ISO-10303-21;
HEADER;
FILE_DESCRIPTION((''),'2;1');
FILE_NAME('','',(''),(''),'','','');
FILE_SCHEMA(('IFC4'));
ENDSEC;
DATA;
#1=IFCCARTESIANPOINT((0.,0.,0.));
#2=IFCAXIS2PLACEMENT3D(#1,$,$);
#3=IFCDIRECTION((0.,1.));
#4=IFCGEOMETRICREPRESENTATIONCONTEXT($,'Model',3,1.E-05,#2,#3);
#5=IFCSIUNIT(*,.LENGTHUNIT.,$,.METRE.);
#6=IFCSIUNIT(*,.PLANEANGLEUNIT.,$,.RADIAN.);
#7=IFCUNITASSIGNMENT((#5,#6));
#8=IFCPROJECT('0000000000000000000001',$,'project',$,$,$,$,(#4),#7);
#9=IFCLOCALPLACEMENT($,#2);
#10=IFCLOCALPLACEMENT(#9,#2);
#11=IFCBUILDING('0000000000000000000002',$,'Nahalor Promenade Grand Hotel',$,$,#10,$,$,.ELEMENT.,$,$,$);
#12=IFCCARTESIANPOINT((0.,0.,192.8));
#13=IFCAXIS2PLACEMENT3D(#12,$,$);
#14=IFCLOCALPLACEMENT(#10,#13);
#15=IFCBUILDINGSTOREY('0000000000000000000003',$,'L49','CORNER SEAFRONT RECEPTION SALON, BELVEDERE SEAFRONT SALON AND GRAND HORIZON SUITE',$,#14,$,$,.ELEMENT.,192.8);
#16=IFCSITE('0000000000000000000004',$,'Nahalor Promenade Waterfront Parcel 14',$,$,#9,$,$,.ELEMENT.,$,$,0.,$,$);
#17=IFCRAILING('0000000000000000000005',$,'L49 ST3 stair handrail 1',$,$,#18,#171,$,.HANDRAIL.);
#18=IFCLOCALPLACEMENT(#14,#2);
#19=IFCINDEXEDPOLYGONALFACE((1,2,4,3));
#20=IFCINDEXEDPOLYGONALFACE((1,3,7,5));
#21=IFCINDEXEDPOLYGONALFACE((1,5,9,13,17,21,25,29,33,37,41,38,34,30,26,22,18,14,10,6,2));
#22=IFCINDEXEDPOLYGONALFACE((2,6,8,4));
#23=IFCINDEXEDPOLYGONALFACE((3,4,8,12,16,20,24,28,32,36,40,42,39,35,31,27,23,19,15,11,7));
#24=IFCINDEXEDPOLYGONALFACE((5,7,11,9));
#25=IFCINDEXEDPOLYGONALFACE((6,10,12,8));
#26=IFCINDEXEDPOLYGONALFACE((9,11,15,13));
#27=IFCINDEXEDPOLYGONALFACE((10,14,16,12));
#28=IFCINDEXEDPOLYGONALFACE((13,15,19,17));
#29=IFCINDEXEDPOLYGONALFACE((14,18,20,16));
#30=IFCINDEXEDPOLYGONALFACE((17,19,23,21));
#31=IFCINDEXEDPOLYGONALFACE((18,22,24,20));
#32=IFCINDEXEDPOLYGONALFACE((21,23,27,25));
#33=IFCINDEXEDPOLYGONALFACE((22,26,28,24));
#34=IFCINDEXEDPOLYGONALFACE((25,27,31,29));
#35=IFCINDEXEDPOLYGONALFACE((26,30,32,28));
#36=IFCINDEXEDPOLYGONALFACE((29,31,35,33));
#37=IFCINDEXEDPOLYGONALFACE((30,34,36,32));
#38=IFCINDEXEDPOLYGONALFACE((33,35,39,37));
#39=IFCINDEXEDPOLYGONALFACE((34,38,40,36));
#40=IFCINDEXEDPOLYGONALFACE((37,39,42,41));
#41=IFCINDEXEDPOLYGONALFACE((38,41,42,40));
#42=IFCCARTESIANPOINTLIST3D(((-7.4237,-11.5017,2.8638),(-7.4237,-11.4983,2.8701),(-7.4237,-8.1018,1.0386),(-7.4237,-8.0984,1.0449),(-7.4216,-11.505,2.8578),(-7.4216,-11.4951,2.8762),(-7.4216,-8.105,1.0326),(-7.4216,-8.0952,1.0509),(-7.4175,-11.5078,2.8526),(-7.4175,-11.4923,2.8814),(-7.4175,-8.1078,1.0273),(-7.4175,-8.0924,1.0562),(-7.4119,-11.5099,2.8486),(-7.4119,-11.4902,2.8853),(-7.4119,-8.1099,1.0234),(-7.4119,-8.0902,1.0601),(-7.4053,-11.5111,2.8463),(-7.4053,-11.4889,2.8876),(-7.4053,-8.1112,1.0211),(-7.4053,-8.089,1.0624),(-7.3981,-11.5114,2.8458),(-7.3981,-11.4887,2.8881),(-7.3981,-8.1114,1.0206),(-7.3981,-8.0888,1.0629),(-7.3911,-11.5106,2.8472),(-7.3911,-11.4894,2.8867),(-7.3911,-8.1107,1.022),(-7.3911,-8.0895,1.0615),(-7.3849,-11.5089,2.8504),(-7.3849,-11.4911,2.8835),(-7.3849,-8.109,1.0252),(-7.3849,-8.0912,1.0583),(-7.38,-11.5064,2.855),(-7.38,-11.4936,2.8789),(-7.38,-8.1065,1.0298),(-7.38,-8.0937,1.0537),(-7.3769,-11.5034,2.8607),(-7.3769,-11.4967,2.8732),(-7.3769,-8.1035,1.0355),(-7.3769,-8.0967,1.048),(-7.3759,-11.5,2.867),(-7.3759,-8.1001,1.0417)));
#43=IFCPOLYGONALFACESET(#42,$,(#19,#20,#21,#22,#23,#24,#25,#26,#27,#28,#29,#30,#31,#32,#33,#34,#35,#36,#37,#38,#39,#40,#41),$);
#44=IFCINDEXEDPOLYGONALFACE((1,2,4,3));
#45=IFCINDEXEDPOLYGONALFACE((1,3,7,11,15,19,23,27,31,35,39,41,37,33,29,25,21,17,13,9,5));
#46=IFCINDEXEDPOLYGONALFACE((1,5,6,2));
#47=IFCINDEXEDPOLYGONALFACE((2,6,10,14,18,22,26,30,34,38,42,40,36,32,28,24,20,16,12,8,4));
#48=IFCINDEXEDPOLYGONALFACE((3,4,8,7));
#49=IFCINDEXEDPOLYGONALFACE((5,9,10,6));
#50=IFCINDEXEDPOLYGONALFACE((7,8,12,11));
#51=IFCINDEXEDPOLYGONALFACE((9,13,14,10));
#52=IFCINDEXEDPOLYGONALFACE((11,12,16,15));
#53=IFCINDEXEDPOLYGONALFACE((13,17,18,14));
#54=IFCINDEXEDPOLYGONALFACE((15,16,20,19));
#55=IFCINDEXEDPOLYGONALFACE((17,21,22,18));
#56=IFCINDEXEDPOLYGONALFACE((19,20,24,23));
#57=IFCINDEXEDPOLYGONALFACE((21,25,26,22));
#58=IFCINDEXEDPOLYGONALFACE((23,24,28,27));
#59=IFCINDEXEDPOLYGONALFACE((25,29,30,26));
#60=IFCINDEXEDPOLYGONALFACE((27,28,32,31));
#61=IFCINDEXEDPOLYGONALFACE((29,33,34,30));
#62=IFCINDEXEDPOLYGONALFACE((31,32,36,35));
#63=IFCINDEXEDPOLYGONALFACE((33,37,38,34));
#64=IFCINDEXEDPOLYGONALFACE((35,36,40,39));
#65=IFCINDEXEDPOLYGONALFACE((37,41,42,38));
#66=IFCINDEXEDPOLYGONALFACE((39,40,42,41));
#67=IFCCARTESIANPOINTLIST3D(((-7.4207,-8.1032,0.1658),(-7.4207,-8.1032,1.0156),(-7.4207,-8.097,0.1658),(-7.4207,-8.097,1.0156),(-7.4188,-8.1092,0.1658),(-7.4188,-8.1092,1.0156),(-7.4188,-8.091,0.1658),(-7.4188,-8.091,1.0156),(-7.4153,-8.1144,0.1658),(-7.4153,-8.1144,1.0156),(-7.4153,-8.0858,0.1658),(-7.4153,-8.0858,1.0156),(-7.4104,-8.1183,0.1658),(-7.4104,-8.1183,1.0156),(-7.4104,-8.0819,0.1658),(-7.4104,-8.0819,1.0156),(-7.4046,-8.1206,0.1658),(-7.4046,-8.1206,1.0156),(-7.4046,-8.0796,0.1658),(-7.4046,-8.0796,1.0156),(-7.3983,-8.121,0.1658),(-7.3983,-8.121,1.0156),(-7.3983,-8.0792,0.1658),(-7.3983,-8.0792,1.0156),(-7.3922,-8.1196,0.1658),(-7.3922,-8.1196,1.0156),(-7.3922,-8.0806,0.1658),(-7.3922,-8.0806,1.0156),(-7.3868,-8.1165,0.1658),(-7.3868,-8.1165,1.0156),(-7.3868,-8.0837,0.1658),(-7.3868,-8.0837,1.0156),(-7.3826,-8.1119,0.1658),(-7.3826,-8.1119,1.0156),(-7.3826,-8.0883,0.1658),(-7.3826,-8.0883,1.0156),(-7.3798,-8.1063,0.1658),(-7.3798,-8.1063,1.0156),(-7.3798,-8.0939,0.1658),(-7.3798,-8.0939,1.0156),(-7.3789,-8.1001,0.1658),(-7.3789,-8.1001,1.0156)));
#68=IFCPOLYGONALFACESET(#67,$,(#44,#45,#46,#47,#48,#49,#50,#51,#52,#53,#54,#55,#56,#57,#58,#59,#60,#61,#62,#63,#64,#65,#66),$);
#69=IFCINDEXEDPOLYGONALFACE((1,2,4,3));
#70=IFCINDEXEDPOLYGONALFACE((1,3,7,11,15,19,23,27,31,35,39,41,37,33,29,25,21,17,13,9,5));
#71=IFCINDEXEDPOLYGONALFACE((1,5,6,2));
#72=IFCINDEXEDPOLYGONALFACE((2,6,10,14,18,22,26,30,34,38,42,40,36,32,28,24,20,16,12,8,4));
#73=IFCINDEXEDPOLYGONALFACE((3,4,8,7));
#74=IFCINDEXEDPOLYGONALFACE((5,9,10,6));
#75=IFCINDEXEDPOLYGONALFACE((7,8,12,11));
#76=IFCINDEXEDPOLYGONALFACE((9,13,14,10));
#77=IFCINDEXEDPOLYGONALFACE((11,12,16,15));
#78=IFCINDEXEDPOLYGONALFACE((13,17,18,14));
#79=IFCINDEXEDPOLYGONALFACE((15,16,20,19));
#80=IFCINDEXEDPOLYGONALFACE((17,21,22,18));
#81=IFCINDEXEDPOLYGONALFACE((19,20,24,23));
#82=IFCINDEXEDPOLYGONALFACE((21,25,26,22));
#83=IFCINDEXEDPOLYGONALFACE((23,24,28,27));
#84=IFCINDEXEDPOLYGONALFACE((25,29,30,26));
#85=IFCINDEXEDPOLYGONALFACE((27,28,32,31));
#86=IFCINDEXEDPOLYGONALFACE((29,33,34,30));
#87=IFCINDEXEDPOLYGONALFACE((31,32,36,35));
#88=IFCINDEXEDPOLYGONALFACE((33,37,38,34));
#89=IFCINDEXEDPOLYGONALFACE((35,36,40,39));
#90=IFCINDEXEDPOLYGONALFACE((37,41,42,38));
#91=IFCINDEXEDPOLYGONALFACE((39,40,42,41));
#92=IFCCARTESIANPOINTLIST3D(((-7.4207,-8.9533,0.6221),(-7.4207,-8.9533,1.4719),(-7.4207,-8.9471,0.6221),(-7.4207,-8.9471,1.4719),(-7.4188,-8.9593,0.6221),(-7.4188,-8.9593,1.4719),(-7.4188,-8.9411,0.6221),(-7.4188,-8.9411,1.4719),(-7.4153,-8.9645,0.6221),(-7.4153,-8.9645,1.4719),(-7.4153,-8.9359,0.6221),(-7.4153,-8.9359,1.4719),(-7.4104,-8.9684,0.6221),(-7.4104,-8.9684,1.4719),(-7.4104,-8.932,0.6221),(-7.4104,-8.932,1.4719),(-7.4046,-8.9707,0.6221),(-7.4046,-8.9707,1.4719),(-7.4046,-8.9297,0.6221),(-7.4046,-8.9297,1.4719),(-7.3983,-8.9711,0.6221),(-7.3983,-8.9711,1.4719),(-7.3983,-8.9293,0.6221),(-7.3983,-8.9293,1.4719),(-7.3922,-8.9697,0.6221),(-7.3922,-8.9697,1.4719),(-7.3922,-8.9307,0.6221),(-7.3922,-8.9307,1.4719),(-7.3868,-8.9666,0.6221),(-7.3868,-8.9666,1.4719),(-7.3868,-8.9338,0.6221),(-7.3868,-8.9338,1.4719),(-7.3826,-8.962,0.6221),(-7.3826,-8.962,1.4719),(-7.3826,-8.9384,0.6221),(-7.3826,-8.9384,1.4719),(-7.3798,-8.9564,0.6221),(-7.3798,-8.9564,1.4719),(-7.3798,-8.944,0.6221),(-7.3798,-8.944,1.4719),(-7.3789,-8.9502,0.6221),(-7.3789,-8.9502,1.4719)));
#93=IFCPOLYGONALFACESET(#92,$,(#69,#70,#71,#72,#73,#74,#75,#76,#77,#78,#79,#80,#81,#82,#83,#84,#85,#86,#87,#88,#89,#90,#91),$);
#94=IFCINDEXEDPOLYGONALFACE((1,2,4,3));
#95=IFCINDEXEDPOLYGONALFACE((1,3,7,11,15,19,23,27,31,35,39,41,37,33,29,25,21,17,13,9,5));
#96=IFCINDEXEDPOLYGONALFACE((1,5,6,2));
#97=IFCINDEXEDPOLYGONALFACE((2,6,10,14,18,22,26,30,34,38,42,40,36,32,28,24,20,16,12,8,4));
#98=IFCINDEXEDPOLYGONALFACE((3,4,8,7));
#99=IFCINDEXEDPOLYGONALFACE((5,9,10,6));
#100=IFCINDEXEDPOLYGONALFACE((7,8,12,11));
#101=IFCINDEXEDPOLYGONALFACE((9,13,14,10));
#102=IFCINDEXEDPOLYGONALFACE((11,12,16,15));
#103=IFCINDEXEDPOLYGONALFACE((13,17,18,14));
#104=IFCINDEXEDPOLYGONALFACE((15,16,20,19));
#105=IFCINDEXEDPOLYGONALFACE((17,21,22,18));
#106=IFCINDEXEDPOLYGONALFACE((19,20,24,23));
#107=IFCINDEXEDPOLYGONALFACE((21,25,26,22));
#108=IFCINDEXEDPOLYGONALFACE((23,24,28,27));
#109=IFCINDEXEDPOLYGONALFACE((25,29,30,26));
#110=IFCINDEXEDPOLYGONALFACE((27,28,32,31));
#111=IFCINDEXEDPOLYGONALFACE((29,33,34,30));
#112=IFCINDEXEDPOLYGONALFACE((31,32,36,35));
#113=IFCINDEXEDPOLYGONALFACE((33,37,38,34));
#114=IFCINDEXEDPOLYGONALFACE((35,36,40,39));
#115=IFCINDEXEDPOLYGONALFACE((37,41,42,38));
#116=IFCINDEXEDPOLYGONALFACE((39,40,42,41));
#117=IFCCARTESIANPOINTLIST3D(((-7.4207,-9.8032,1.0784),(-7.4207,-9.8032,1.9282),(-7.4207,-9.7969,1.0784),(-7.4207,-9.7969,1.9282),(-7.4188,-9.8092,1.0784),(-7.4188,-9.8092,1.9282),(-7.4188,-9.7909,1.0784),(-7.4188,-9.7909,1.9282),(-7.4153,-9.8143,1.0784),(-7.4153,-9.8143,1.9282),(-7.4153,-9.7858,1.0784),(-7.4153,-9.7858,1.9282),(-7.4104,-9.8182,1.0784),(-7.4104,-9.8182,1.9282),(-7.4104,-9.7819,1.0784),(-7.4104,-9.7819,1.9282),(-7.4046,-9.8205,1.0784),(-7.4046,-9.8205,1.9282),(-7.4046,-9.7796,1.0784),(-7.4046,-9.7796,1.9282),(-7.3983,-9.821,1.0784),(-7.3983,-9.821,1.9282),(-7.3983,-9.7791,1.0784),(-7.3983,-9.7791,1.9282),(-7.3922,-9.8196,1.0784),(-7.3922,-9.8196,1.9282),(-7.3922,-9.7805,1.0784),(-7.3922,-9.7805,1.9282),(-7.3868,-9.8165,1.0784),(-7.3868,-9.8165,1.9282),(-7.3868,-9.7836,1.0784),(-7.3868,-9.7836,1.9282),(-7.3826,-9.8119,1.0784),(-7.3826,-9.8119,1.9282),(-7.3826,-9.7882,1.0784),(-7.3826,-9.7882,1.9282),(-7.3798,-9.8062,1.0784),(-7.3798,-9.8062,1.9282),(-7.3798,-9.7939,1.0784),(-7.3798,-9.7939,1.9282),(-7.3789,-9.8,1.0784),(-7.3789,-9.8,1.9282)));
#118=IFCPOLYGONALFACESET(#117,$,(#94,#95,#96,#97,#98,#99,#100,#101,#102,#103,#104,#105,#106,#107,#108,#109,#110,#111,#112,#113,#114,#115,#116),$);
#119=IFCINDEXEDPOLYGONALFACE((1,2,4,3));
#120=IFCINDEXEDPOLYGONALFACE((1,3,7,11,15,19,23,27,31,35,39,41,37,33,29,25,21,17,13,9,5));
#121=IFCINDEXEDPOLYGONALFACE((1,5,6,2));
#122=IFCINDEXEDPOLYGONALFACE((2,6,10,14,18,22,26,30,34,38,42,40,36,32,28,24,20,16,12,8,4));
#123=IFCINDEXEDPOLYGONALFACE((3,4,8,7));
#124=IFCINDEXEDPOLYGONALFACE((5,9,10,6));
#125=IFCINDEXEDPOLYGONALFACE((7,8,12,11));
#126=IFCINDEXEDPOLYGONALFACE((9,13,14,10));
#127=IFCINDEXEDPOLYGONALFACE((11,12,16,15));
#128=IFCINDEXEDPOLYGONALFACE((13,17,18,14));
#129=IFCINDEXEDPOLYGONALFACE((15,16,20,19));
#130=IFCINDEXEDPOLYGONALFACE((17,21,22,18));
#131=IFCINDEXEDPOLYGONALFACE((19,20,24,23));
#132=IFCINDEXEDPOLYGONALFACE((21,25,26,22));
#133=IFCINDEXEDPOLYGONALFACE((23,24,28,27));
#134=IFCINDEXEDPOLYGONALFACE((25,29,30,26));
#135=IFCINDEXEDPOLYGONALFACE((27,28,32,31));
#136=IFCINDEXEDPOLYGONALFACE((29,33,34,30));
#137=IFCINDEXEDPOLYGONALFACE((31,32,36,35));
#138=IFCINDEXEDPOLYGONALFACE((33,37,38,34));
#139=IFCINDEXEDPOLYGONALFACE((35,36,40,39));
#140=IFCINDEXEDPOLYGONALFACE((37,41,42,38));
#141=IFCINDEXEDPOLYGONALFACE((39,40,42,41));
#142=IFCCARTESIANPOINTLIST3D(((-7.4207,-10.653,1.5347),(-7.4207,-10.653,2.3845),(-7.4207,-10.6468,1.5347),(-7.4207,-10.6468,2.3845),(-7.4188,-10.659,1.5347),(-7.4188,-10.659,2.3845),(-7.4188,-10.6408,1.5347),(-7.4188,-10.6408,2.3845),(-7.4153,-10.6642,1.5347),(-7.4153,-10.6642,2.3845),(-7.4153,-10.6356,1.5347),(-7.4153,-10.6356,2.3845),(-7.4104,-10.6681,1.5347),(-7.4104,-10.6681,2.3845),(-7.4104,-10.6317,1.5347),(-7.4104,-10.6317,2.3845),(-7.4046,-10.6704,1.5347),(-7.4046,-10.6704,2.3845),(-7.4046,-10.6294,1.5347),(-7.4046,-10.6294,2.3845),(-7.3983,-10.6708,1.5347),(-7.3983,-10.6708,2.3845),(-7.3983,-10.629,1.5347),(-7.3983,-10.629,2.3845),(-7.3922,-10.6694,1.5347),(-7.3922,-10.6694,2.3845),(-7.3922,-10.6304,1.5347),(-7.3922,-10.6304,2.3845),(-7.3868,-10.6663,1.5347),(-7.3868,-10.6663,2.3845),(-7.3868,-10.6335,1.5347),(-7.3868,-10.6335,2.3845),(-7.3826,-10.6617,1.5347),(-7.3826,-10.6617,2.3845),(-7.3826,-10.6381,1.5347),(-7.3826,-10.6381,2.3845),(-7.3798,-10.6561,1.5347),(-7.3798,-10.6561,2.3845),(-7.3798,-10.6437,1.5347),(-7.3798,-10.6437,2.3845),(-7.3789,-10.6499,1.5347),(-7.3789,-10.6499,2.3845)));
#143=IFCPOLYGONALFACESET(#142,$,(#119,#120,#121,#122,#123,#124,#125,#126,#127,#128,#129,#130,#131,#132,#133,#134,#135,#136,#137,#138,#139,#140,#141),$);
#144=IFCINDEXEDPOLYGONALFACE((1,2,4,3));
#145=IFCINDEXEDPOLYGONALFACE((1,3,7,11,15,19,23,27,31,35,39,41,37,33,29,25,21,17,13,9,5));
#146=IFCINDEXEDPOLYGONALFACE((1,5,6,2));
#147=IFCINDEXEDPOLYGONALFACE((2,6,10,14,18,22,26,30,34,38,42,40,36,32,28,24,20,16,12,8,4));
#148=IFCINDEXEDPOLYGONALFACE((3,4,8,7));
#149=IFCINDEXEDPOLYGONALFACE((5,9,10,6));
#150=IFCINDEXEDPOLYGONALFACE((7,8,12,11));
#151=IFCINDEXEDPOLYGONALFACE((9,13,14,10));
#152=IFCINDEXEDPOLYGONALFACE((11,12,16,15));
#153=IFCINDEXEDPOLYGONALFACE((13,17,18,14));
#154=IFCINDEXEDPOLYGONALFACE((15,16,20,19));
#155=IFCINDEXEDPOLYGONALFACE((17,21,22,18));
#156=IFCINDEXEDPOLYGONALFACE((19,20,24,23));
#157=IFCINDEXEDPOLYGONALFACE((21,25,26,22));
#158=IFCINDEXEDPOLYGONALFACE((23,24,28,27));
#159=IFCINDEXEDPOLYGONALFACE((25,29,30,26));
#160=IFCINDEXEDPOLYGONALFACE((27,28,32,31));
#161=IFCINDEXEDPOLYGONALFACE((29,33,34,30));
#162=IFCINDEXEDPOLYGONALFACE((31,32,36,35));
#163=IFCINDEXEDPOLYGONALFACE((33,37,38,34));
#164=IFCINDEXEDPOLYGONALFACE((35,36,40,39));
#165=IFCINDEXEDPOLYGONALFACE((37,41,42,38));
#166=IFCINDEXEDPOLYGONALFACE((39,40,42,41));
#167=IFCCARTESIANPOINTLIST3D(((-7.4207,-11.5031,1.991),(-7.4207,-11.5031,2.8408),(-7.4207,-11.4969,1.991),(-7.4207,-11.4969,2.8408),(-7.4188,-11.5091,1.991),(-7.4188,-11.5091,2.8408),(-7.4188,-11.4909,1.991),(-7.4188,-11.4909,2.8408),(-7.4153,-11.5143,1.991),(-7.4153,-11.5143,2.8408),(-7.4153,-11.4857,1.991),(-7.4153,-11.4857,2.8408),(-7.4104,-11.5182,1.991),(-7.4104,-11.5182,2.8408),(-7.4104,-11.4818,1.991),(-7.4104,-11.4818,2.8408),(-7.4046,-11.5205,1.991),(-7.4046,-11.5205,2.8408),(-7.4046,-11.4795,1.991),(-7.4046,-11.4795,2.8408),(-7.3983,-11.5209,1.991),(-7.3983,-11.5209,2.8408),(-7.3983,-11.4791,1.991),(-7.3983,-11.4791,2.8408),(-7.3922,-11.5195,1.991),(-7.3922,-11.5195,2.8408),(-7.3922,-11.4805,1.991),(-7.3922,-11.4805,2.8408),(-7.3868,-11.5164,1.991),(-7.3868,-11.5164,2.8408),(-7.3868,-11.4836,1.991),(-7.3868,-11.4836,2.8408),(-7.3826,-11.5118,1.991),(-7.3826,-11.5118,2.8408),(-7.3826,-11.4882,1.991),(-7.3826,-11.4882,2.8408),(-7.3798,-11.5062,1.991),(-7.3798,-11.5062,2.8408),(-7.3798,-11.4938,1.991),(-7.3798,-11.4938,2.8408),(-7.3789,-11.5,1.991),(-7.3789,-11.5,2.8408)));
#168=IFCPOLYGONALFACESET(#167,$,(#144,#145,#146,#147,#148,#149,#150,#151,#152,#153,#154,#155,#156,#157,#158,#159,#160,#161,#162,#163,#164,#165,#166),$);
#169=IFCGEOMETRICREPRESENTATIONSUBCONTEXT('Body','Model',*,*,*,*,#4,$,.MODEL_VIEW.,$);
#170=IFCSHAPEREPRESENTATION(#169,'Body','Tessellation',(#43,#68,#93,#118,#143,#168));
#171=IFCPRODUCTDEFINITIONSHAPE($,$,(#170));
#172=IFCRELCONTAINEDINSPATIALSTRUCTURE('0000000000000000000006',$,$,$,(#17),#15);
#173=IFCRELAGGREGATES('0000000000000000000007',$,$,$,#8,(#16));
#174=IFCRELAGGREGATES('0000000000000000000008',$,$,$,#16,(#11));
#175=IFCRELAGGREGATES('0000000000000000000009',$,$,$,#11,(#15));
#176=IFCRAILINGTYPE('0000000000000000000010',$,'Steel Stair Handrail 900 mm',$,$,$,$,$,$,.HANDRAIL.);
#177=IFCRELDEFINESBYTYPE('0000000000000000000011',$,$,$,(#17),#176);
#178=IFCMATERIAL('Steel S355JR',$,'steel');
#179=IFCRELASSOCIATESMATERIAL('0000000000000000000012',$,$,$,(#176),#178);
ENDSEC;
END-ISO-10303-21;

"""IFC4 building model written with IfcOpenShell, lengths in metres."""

from ifc_helpers import new_model, si_unit, direction, frame, origin, origin_2d, place, context, subcontext, project, spatial, circle, extrude, material, type_object, element, save


model = new_model("IFC4")

# Units and contexts
model_context = context("Model", 3, precision=1e-05, world=origin(), true_north=direction((0.0, 1.0)))
body_context = subcontext(model_context, "Body", "Model", "MODEL_VIEW")
ifc_project = project(units=[si_unit("LENGTHUNIT", "METRE"), si_unit("PLANEANGLEUNIT", "RADIAN")], contexts=[model_context])

# Site, building, storey
site_placement = place(None, origin())
site = spatial("IfcSite", under=ifc_project, at=site_placement, Name="Nahalor Promenade Waterfront Parcel 14", CompositionType="ELEMENT", RefElevation=0.0)
building_placement = place(site_placement, origin())
building = spatial("IfcBuilding", under=site, at=building_placement, Name="Nahalor Promenade Grand Hotel", CompositionType="ELEMENT")
storey_placement = place(building_placement, frame((0.0, 0.0, 192.8)))
storey = spatial("IfcBuildingStorey", under=building, at=storey_placement, Name="L49", Description="CORNER SEAFRONT RECEPTION SALON, BELVEDERE SEAFRONT SALON AND GRAND HORIZON SUITE", CompositionType="ELEMENT", Elevation=192.8)

# Shared definitions
ifc_material_1 = material(Name="Steel S355JR", Category="steel")

# Railing
railing_type_1 = type_object("IfcRailingType", Name="Steel Stair Handrail 900 mm", PredefinedType="HANDRAIL", material=ifc_material_1)
railing_1_placement = place(storey_placement, frame((-7.3999, -8.1001, 0.1658)))
element("IfcRailing", 1, at=railing_1_placement, inside=storey, type_object=railing_type_1, Name="L49 ST3 stair handrail 1", PredefinedType="HANDRAIL", context=body_context, shape_type="SweptSolid", body=[
    extrude(circle(Radius=0.024, at=origin_2d()), frame((0.0, 0.0, 0.876), z_axis=(0.0, -0.881068, 0.47299), x_axis=(1.0, 0.0, 0.0)), (0.0, 0.0, 1.0), 3.8589),
    extrude(circle(Radius=0.021, at=origin_2d()), origin(), (0.0, 0.0, 1.0), 0.8499),
    extrude(circle(Radius=0.021, at=origin_2d()), frame((0.0, -0.8501, 0.4563)), (0.0, 0.0, 1.0), 0.8499),
    extrude(circle(Radius=0.021, at=origin_2d()), frame((0.0, -1.7, 0.9126)), (0.0, 0.0, 1.0), 0.8499),
    extrude(circle(Radius=0.021, at=origin_2d()), frame((0.0, -2.5498, 1.3689)), (0.0, 0.0, 1.0), 0.8499),
    extrude(circle(Radius=0.021, at=origin_2d()), frame((0.0, -3.3999, 1.8252)), (0.0, 0.0, 1.0), 0.8499),
])

save(model, "model.ifc")
